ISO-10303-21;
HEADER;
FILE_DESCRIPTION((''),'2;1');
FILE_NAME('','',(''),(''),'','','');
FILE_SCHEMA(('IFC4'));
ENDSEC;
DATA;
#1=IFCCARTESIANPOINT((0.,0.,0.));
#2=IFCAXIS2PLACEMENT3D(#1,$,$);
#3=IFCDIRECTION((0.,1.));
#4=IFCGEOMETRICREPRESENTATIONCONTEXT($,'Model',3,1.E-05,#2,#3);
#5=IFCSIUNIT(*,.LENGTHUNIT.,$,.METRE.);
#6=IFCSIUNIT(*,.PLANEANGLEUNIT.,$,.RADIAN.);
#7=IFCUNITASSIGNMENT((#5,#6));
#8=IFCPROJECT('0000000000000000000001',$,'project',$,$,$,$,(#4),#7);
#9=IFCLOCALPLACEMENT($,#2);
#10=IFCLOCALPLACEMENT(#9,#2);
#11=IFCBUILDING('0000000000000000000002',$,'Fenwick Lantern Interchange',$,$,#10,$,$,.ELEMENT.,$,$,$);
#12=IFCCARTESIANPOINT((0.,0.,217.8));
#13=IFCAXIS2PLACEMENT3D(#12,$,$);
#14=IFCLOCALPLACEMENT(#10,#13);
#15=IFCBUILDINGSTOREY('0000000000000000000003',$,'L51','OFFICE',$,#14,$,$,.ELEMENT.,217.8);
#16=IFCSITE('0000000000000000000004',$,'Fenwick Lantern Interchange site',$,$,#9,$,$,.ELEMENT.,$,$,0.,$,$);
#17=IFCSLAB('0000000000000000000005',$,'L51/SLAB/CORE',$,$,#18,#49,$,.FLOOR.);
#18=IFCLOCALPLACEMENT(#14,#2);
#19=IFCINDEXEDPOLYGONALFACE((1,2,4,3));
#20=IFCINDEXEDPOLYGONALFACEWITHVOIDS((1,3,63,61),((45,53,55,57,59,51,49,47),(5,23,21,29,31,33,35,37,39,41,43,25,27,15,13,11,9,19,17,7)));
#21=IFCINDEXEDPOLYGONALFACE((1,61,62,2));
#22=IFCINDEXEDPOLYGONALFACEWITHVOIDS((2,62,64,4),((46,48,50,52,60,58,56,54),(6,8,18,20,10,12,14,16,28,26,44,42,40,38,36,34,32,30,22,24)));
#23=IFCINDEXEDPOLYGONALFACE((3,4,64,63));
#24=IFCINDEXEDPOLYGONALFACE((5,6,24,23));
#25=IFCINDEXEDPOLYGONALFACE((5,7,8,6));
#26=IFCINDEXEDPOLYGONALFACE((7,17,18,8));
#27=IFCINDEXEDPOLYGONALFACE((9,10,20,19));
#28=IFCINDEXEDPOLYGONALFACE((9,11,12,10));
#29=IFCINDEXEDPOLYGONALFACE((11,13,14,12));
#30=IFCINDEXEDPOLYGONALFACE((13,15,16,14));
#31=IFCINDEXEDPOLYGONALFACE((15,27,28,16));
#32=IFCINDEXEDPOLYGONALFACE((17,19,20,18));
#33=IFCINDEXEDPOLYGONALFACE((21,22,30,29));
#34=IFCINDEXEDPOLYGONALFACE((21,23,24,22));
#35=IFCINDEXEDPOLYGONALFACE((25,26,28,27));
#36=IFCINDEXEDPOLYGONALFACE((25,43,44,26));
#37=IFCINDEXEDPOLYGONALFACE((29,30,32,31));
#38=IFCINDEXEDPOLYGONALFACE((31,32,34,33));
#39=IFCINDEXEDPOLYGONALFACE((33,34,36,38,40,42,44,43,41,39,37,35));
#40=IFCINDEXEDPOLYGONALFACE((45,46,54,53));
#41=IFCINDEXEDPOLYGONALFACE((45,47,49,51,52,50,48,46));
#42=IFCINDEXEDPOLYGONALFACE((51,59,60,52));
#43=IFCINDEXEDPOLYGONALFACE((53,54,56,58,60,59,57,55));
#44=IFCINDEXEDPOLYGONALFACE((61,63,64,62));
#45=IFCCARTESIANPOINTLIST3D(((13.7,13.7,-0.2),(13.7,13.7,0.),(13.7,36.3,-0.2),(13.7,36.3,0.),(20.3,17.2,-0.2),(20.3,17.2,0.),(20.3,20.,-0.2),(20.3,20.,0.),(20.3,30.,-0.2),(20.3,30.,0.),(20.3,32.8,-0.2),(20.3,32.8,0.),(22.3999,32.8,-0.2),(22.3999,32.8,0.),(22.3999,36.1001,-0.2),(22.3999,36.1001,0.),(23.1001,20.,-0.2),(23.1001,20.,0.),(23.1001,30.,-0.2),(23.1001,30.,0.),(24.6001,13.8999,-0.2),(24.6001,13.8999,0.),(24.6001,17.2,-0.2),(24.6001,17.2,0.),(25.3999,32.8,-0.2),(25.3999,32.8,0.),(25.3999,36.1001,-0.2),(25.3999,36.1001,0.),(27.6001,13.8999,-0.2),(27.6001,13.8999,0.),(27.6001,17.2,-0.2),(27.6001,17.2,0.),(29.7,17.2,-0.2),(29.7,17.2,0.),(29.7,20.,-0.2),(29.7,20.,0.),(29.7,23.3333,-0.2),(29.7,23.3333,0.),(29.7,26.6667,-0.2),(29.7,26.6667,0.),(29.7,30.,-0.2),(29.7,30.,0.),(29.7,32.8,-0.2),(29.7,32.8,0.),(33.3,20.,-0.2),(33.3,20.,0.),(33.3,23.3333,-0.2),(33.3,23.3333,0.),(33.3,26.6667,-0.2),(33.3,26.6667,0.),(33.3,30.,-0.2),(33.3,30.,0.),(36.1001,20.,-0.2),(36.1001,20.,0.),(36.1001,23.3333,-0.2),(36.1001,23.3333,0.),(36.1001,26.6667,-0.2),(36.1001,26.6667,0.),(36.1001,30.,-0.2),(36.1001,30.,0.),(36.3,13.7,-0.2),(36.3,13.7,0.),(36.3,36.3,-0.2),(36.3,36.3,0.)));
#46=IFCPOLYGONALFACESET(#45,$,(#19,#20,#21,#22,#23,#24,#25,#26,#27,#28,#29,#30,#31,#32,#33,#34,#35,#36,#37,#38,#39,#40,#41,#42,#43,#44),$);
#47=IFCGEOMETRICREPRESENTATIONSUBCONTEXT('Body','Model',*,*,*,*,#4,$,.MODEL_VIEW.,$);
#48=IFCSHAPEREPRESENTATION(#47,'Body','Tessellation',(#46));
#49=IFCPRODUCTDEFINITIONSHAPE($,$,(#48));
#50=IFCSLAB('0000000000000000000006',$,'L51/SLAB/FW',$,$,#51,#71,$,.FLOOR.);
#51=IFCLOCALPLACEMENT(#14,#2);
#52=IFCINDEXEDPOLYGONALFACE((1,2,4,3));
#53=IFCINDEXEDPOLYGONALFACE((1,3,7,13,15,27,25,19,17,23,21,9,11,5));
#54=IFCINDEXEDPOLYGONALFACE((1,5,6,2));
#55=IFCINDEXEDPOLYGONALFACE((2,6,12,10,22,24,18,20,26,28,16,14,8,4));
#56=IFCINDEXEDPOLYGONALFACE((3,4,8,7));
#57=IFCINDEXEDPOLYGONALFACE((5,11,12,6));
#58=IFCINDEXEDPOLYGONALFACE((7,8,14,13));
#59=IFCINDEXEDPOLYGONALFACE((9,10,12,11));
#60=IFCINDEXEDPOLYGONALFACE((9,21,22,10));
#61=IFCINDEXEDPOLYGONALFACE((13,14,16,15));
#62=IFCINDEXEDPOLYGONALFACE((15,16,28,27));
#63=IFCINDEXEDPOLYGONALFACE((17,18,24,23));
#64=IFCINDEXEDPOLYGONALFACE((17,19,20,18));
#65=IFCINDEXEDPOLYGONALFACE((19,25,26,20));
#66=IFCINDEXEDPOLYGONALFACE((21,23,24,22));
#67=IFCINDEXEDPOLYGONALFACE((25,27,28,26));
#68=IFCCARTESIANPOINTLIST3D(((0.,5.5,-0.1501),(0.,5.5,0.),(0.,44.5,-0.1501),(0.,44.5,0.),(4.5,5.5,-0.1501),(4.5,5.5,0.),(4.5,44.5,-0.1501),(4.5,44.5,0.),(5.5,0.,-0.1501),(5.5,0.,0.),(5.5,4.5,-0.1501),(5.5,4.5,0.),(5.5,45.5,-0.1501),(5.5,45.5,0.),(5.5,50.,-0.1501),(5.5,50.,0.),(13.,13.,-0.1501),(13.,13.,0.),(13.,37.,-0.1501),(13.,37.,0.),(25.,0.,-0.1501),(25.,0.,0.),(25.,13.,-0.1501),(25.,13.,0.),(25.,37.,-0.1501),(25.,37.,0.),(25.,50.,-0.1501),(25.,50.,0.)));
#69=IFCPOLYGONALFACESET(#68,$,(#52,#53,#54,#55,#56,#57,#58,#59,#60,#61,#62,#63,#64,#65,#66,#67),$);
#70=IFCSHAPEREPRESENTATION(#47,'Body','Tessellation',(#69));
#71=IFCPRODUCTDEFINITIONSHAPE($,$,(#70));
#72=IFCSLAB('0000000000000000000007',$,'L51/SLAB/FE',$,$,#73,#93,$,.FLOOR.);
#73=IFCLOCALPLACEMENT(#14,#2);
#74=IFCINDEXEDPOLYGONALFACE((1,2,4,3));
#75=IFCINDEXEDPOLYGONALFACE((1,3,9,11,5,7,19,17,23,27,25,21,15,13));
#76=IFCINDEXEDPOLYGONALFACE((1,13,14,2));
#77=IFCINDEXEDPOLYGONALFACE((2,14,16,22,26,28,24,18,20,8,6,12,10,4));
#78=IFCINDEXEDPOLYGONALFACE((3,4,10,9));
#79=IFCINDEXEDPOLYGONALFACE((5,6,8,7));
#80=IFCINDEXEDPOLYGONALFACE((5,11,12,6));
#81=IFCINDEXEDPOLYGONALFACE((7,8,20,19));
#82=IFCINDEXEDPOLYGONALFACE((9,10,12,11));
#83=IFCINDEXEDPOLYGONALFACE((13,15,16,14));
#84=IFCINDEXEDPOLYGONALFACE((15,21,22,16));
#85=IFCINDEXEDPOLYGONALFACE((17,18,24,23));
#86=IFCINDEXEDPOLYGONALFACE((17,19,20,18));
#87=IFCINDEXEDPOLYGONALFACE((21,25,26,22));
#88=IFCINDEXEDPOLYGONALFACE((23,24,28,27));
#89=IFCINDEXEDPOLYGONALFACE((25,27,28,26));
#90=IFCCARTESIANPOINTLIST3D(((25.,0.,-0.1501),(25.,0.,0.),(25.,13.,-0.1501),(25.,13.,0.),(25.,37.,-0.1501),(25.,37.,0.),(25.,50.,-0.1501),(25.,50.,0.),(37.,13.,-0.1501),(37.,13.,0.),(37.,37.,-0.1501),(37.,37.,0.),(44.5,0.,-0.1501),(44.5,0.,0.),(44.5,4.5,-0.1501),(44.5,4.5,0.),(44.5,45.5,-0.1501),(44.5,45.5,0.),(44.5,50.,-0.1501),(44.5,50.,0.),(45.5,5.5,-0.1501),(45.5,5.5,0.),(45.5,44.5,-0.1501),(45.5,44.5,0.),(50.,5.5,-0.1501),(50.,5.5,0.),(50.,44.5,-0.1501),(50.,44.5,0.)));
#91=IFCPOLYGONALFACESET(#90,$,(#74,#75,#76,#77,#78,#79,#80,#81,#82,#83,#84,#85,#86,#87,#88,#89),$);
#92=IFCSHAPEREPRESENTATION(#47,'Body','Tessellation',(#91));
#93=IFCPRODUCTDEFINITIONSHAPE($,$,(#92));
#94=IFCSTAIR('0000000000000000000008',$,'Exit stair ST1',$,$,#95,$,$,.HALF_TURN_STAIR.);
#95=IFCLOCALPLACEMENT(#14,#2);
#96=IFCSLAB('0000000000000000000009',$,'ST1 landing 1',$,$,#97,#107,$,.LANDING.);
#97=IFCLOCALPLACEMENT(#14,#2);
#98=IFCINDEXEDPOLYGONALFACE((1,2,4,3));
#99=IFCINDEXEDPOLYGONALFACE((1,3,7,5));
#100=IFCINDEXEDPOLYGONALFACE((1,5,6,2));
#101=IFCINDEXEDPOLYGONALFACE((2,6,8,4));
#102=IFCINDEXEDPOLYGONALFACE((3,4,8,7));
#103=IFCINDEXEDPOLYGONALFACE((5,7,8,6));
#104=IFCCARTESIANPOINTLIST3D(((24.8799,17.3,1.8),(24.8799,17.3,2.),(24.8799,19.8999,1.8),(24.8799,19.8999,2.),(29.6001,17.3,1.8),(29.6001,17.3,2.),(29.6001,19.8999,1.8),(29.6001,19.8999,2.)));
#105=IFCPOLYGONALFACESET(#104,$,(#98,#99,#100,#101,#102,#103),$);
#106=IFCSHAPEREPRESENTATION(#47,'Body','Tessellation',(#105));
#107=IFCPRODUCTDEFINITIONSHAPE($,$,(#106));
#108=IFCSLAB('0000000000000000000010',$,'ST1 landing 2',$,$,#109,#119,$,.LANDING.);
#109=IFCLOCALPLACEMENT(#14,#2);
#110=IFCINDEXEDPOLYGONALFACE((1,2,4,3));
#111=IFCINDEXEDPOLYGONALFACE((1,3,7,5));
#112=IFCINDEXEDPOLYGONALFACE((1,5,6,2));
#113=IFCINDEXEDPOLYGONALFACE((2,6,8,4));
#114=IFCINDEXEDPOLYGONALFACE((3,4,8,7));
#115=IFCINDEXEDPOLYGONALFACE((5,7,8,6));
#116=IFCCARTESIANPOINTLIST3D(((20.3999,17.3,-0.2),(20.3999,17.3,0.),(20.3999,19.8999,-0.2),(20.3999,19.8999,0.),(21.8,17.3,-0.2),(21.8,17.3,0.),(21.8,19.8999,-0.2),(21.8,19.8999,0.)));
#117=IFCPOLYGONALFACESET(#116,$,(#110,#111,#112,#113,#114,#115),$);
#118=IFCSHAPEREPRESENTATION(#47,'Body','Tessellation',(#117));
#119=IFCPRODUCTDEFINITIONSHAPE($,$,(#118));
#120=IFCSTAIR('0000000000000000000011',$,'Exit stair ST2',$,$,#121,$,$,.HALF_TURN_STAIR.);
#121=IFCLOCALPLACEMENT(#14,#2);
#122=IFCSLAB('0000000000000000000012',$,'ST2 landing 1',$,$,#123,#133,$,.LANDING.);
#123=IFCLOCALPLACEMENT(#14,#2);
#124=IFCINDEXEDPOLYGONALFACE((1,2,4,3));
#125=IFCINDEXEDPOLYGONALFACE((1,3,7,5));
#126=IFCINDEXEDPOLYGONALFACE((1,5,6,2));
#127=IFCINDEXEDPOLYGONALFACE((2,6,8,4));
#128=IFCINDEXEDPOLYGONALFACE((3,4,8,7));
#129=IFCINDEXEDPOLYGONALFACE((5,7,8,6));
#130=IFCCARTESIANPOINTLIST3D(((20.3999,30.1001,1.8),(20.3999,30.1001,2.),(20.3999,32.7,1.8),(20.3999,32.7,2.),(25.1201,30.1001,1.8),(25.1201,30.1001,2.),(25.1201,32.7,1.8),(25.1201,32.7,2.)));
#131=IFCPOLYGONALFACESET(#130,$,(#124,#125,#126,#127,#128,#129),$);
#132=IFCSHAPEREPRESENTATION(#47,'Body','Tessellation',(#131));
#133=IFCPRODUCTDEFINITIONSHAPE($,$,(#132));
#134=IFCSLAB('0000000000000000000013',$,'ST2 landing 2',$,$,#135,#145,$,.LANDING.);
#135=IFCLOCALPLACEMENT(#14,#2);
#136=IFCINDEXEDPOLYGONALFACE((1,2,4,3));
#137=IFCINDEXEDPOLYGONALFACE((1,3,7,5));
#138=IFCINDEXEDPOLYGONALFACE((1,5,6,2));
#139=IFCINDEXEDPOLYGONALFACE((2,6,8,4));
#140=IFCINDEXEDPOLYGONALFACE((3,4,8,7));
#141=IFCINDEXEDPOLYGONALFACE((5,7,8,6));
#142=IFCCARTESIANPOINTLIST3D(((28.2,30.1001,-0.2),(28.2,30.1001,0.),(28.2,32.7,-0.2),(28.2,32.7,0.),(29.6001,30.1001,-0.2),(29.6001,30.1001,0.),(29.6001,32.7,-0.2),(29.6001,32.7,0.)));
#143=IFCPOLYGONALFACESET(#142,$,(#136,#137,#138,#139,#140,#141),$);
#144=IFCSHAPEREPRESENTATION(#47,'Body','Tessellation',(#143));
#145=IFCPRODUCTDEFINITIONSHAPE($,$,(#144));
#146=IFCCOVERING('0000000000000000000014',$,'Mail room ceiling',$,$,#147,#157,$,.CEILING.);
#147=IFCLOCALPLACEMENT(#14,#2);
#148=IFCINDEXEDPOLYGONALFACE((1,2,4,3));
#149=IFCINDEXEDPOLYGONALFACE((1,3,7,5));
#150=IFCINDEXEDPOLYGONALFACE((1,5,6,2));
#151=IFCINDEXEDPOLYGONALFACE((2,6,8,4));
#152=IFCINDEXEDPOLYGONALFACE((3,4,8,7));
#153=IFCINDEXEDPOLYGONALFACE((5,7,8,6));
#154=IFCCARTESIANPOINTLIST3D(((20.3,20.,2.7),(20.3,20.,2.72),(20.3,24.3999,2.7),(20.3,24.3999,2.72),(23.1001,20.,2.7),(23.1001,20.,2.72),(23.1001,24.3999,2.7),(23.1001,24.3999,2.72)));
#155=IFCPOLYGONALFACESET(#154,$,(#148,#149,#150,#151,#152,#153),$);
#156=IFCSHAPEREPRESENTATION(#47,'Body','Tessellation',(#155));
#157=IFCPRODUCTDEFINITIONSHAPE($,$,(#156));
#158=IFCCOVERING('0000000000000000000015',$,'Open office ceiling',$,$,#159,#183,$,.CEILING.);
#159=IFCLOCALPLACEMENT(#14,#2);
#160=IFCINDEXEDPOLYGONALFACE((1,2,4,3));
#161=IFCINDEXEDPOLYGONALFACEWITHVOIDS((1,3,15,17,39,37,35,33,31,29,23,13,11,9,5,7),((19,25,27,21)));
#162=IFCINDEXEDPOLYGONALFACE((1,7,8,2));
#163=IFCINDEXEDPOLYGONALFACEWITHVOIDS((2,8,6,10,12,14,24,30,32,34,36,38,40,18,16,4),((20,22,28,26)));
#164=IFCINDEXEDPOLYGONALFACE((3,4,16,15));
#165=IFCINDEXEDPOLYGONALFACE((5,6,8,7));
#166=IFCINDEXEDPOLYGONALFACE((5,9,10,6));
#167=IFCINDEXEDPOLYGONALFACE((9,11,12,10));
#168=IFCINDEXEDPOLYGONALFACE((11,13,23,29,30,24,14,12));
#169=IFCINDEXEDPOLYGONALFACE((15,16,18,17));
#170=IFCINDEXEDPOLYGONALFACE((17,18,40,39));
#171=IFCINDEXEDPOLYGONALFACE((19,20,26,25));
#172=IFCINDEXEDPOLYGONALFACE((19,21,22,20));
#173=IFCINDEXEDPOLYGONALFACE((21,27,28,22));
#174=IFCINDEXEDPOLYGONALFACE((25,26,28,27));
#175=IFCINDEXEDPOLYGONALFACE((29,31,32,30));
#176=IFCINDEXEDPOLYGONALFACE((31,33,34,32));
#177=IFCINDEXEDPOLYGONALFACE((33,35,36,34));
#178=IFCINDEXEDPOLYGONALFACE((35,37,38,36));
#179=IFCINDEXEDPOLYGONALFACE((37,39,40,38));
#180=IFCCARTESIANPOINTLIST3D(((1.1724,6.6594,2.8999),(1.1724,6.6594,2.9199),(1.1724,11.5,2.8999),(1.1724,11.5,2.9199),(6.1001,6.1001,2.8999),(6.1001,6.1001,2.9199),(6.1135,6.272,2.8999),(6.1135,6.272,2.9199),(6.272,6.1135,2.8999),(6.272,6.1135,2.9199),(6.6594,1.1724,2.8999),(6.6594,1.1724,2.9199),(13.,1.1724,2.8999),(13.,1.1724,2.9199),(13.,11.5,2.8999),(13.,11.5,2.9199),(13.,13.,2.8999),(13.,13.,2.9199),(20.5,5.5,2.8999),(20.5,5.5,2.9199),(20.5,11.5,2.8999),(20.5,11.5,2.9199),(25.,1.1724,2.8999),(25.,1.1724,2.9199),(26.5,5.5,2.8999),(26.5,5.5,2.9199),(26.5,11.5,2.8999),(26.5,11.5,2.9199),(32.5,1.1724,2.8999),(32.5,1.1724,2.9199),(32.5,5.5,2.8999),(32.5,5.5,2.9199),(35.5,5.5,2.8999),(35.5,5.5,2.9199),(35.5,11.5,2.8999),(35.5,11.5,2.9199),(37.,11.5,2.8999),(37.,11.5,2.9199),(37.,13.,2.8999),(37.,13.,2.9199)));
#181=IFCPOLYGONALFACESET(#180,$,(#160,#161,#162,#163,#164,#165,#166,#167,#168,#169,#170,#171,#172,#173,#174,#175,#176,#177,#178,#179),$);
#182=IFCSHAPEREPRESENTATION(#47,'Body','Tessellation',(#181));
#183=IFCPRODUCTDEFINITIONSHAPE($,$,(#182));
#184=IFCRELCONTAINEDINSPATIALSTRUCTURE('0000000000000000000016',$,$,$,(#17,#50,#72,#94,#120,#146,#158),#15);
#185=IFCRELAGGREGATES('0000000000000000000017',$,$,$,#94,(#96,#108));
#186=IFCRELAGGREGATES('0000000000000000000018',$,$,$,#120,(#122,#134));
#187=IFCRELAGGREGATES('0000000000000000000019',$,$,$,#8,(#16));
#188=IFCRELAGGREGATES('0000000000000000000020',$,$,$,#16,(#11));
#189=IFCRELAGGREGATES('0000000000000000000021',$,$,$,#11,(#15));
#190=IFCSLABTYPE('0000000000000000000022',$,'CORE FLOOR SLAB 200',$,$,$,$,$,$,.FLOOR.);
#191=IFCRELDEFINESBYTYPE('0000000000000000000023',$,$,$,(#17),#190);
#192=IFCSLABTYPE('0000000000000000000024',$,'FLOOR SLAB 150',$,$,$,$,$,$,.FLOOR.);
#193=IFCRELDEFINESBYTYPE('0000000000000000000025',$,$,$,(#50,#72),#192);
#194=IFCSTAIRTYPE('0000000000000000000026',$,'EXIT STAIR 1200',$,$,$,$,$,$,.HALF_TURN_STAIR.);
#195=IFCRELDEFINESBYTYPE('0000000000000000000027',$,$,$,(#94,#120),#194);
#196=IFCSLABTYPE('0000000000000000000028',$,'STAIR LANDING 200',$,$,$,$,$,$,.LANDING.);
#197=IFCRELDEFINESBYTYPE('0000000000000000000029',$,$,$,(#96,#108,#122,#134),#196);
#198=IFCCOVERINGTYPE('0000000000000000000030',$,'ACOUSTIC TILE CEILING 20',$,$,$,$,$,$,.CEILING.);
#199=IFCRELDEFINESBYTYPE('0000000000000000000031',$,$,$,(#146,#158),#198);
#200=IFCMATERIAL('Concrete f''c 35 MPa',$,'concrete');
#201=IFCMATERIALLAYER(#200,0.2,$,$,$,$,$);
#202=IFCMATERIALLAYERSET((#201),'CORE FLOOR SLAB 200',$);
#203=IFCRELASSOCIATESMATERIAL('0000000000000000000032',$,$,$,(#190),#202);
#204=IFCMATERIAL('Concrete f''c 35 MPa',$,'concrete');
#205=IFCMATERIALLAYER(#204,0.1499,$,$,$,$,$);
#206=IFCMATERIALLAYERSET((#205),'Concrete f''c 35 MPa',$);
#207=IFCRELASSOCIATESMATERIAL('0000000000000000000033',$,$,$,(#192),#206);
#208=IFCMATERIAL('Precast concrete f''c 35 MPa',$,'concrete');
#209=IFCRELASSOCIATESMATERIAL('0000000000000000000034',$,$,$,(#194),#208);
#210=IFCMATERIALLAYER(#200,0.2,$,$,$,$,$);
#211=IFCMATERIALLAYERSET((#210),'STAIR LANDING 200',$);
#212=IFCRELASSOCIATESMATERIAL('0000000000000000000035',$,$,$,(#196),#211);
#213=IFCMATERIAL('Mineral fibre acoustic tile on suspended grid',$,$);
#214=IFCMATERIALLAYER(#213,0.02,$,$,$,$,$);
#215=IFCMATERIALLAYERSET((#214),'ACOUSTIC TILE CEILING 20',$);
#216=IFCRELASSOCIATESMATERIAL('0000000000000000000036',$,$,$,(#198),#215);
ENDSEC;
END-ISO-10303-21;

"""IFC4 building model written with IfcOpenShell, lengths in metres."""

from ifc_helpers import new_model, si_unit, direction, frame, origin, place, context, subcontext, project, spatial, polyline, outline, extrude, material, layer, layer_set, type_object, element, aggregate, save


model = new_model("IFC4")

# Units and contexts
model_context = context("Model", 3, precision=1e-05, world=origin(), true_north=direction((0.0, 1.0)))
body_context = subcontext(model_context, "Body", "Model", "MODEL_VIEW")
ifc_project = project(units=[si_unit("LENGTHUNIT", "METRE"), si_unit("PLANEANGLEUNIT", "RADIAN")], contexts=[model_context])

# Site, building, storey
site_placement = place(None, origin())
site = spatial("IfcSite", under=ifc_project, at=site_placement, Name="Fenwick Lantern Interchange site", CompositionType="ELEMENT", RefElevation=0.0)
building_placement = place(site_placement, origin())
building = spatial("IfcBuilding", under=site, at=building_placement, Name="Fenwick Lantern Interchange", CompositionType="ELEMENT")
storey_placement = place(building_placement, frame((0.0, 0.0, 217.8)))
storey = spatial("IfcBuildingStorey", under=building, at=storey_placement, Name="L51", Description="OFFICE", CompositionType="ELEMENT", Elevation=217.8)

# Slabs
ifc_material_1 = material(Name="Concrete f'c 35 MPa", Category="concrete")
ifc_layer_1 = layer(ifc_material_1, 0.2)
ifc_layer_set_1 = layer_set([ifc_layer_1], Name="CORE FLOOR SLAB 200")
slab_type_1 = type_object("IfcSlabType", Name="CORE FLOOR SLAB 200", PredefinedType="FLOOR", material=ifc_layer_set_1)
slab_1_placement = place(storey_placement, frame((0.0, 0.0, -0.2)))
element("IfcSlab", 1, at=slab_1_placement, inside=storey, type_object=slab_type_1, Name="L51/SLAB/CORE", PredefinedType="FLOOR", context=body_context, shape_type="SweptSolid", body=[
    extrude(outline(polyline([(13.7, 36.3), (36.3, 36.3), (36.3, 13.7), (13.7, 13.7), (13.7, 36.3)]), holes=[polyline([(24.6001, 13.8999), (27.6001, 13.8999), (27.6001, 17.2), (29.7, 17.2), (29.7, 20.0), (29.7, 23.3333), (29.7, 26.6667), (29.7, 30.0), (29.7, 32.8), (25.3999, 32.8), (25.3999, 36.1001), (22.3999, 36.1001), (22.3999, 32.8), (20.3, 32.8), (20.3, 30.0), (23.1001, 30.0), (23.1001, 20.0), (20.3, 20.0), (20.3, 17.2), (24.6001, 17.2), (24.6001, 13.8999)]), polyline([(33.3, 23.3333), (33.3, 20.0), (36.1001, 20.0), (36.1001, 23.3333), (36.1001, 26.6667), (36.1001, 30.0), (33.3, 30.0), (33.3, 26.6667), (33.3, 23.3333)])]), origin(), (0.0, 0.0, 1.0), 0.2),
])
ifc_material_2 = material(Name="Concrete f'c 35 MPa", Category="concrete")
ifc_layer_2 = layer(ifc_material_2, 0.1499)
ifc_layer_set_2 = layer_set([ifc_layer_2], Name="Concrete f'c 35 MPa")
slab_type_2 = type_object("IfcSlabType", Name="FLOOR SLAB 150", PredefinedType="FLOOR", material=ifc_layer_set_2)
slab_2_placement = place(storey_placement, frame((0.0, 0.0, -0.1501)))
element("IfcSlab", 2, at=slab_2_placement, inside=storey, type_object=slab_type_2, Name="L51/SLAB/FW", PredefinedType="FLOOR", context=body_context, shape_type="SweptSolid", body=[
    extrude(outline(polyline([(5.5, 0.0), (5.5, 4.5), (4.5, 5.5), (0.0, 5.5), (0.0, 44.5), (4.5, 44.5), (5.5, 45.5), (5.5, 50.0), (25.0, 50.0), (25.0, 37.0), (13.0, 37.0), (13.0, 13.0), (25.0, 13.0), (25.0, 0.0), (5.5, 0.0)])), origin(), (0.0, 0.0, 1.0), 0.1501),
])
slab_3_placement = place(storey_placement, frame((0.0, 0.0, -0.1501)))
element("IfcSlab", 3, at=slab_3_placement, inside=storey, type_object=slab_type_2, Name="L51/SLAB/FE", PredefinedType="FLOOR", context=body_context, shape_type="SweptSolid", body=[
    extrude(outline(polyline([(44.5, 50.0), (44.5, 45.5), (45.5, 44.5), (50.0, 44.5), (50.0, 5.5), (45.5, 5.5), (44.5, 4.5), (44.5, 0.0), (25.0, 0.0), (25.0, 13.0), (37.0, 13.0), (37.0, 37.0), (25.0, 37.0), (25.0, 50.0), (44.5, 50.0)])), origin(), (0.0, 0.0, 1.0), 0.1501),
])

# Stairs, slabs
ifc_material_3 = material(Name="Precast concrete f'c 35 MPa", Category="concrete")
stair_type = type_object("IfcStairType", Name="EXIT STAIR 1200", PredefinedType="HALF_TURN_STAIR", material=ifc_material_3)
stair_1_placement = place(storey_placement, origin())
stair_1 = element("IfcStair", 4, at=stair_1_placement, inside=storey, type_object=stair_type, Name="Exit stair ST1", PredefinedType="HALF_TURN_STAIR")
ifc_layer_3 = layer(ifc_material_1, 0.2)
ifc_layer_set_3 = layer_set([ifc_layer_3], Name="STAIR LANDING 200")
slab_type_3 = type_object("IfcSlabType", Name="STAIR LANDING 200", PredefinedType="LANDING", material=ifc_layer_set_3)
slab_4_placement = place(storey_placement, frame((0.0, 0.0, 1.8)))
slab_4 = element("IfcSlab", 5, at=slab_4_placement, type_object=slab_type_3, Name="ST1 landing 1", PredefinedType="LANDING", context=body_context, shape_type="SweptSolid", body=[
    extrude(outline(polyline([(24.8799, 17.3), (29.6001, 17.3), (29.6001, 19.8999), (24.8799, 19.8999), (24.8799, 17.3)])), origin(), (0.0, 0.0, 1.0), 0.2),
])
slab_5_placement = place(storey_placement, frame((0.0, 0.0, -0.2)))
slab_5 = element("IfcSlab", 6, at=slab_5_placement, type_object=slab_type_3, Name="ST1 landing 2", PredefinedType="LANDING", context=body_context, shape_type="SweptSolid", body=[
    extrude(outline(polyline([(20.3999, 17.3), (21.8, 17.3), (21.8, 19.8999), (20.3999, 19.8999), (20.3999, 17.3)])), origin(), (0.0, 0.0, 1.0), 0.2),
])
aggregate(stair_1, [slab_4, slab_5])
stair_2_placement = place(storey_placement, origin())
stair_2 = element("IfcStair", 7, at=stair_2_placement, inside=storey, type_object=stair_type, Name="Exit stair ST2", PredefinedType="HALF_TURN_STAIR")
slab_6_placement = place(storey_placement, frame((0.0, 0.0, 1.8)))
slab_6 = element("IfcSlab", 8, at=slab_6_placement, type_object=slab_type_3, Name="ST2 landing 1", PredefinedType="LANDING", context=body_context, shape_type="SweptSolid", body=[
    extrude(outline(polyline([(25.1201, 32.7), (20.3999, 32.7), (20.3999, 30.1001), (25.1201, 30.1001), (25.1201, 32.7)])), origin(), (0.0, 0.0, 1.0), 0.2),
])
slab_7_placement = place(storey_placement, frame((0.0, 0.0, -0.2)))
slab_7 = element("IfcSlab", 9, at=slab_7_placement, type_object=slab_type_3, Name="ST2 landing 2", PredefinedType="LANDING", context=body_context, shape_type="SweptSolid", body=[
    extrude(outline(polyline([(29.6001, 32.7), (28.2, 32.7), (28.2, 30.1001), (29.6001, 30.1001), (29.6001, 32.7)])), origin(), (0.0, 0.0, 1.0), 0.2),
])
aggregate(stair_2, [slab_6, slab_7])

# Coverings
ifc_material_4 = material(Name="Mineral fibre acoustic tile on suspended grid")
ifc_layer_4 = layer(ifc_material_4, 0.02)
ifc_layer_set_4 = layer_set([ifc_layer_4], Name="ACOUSTIC TILE CEILING 20")
covering_type_1 = type_object("IfcCoveringType", Name="ACOUSTIC TILE CEILING 20", PredefinedType="CEILING", material=ifc_layer_set_4)
covering_1_placement = place(storey_placement, frame((0.0, 0.0, 2.7)))
element("IfcCovering", 10, at=covering_1_placement, inside=storey, type_object=covering_type_1, Name="Mail room ceiling", PredefinedType="CEILING", context=body_context, shape_type="SweptSolid", body=[
    extrude(outline(polyline([(20.3, 20.0), (23.1001, 20.0), (23.1001, 24.3999), (20.3, 24.3999), (20.3, 20.0)])), origin(), (0.0, 0.0, 1.0), 0.02),
])
covering_2_placement = place(storey_placement, frame((0.0, 0.0, 2.8999)))
element("IfcCovering", 11, at=covering_2_placement, inside=storey, type_object=covering_type_1, Name="Open office ceiling", PredefinedType="CEILING", context=body_context, shape_type="SweptSolid", body=[
    extrude(outline(polyline([(32.5, 5.5), (35.5, 5.5), (35.5, 11.5), (37.0, 11.5), (37.0, 13.0), (13.0, 13.0), (13.0, 11.5), (1.1724, 11.5), (1.1724, 6.6594), (6.1135, 6.272), (6.1001, 6.1001), (6.272, 6.1135), (6.6594, 1.1724), (13.0, 1.1724), (25.0, 1.1724), (32.5, 1.1724), (32.5, 5.5)]), holes=[polyline([(20.5, 11.5), (26.5, 11.5), (26.5, 5.5), (20.5, 5.5), (20.5, 11.5)])]), origin(), (0.0, 0.0, 1.0), 0.02),
])

save(model, "model.ifc")
